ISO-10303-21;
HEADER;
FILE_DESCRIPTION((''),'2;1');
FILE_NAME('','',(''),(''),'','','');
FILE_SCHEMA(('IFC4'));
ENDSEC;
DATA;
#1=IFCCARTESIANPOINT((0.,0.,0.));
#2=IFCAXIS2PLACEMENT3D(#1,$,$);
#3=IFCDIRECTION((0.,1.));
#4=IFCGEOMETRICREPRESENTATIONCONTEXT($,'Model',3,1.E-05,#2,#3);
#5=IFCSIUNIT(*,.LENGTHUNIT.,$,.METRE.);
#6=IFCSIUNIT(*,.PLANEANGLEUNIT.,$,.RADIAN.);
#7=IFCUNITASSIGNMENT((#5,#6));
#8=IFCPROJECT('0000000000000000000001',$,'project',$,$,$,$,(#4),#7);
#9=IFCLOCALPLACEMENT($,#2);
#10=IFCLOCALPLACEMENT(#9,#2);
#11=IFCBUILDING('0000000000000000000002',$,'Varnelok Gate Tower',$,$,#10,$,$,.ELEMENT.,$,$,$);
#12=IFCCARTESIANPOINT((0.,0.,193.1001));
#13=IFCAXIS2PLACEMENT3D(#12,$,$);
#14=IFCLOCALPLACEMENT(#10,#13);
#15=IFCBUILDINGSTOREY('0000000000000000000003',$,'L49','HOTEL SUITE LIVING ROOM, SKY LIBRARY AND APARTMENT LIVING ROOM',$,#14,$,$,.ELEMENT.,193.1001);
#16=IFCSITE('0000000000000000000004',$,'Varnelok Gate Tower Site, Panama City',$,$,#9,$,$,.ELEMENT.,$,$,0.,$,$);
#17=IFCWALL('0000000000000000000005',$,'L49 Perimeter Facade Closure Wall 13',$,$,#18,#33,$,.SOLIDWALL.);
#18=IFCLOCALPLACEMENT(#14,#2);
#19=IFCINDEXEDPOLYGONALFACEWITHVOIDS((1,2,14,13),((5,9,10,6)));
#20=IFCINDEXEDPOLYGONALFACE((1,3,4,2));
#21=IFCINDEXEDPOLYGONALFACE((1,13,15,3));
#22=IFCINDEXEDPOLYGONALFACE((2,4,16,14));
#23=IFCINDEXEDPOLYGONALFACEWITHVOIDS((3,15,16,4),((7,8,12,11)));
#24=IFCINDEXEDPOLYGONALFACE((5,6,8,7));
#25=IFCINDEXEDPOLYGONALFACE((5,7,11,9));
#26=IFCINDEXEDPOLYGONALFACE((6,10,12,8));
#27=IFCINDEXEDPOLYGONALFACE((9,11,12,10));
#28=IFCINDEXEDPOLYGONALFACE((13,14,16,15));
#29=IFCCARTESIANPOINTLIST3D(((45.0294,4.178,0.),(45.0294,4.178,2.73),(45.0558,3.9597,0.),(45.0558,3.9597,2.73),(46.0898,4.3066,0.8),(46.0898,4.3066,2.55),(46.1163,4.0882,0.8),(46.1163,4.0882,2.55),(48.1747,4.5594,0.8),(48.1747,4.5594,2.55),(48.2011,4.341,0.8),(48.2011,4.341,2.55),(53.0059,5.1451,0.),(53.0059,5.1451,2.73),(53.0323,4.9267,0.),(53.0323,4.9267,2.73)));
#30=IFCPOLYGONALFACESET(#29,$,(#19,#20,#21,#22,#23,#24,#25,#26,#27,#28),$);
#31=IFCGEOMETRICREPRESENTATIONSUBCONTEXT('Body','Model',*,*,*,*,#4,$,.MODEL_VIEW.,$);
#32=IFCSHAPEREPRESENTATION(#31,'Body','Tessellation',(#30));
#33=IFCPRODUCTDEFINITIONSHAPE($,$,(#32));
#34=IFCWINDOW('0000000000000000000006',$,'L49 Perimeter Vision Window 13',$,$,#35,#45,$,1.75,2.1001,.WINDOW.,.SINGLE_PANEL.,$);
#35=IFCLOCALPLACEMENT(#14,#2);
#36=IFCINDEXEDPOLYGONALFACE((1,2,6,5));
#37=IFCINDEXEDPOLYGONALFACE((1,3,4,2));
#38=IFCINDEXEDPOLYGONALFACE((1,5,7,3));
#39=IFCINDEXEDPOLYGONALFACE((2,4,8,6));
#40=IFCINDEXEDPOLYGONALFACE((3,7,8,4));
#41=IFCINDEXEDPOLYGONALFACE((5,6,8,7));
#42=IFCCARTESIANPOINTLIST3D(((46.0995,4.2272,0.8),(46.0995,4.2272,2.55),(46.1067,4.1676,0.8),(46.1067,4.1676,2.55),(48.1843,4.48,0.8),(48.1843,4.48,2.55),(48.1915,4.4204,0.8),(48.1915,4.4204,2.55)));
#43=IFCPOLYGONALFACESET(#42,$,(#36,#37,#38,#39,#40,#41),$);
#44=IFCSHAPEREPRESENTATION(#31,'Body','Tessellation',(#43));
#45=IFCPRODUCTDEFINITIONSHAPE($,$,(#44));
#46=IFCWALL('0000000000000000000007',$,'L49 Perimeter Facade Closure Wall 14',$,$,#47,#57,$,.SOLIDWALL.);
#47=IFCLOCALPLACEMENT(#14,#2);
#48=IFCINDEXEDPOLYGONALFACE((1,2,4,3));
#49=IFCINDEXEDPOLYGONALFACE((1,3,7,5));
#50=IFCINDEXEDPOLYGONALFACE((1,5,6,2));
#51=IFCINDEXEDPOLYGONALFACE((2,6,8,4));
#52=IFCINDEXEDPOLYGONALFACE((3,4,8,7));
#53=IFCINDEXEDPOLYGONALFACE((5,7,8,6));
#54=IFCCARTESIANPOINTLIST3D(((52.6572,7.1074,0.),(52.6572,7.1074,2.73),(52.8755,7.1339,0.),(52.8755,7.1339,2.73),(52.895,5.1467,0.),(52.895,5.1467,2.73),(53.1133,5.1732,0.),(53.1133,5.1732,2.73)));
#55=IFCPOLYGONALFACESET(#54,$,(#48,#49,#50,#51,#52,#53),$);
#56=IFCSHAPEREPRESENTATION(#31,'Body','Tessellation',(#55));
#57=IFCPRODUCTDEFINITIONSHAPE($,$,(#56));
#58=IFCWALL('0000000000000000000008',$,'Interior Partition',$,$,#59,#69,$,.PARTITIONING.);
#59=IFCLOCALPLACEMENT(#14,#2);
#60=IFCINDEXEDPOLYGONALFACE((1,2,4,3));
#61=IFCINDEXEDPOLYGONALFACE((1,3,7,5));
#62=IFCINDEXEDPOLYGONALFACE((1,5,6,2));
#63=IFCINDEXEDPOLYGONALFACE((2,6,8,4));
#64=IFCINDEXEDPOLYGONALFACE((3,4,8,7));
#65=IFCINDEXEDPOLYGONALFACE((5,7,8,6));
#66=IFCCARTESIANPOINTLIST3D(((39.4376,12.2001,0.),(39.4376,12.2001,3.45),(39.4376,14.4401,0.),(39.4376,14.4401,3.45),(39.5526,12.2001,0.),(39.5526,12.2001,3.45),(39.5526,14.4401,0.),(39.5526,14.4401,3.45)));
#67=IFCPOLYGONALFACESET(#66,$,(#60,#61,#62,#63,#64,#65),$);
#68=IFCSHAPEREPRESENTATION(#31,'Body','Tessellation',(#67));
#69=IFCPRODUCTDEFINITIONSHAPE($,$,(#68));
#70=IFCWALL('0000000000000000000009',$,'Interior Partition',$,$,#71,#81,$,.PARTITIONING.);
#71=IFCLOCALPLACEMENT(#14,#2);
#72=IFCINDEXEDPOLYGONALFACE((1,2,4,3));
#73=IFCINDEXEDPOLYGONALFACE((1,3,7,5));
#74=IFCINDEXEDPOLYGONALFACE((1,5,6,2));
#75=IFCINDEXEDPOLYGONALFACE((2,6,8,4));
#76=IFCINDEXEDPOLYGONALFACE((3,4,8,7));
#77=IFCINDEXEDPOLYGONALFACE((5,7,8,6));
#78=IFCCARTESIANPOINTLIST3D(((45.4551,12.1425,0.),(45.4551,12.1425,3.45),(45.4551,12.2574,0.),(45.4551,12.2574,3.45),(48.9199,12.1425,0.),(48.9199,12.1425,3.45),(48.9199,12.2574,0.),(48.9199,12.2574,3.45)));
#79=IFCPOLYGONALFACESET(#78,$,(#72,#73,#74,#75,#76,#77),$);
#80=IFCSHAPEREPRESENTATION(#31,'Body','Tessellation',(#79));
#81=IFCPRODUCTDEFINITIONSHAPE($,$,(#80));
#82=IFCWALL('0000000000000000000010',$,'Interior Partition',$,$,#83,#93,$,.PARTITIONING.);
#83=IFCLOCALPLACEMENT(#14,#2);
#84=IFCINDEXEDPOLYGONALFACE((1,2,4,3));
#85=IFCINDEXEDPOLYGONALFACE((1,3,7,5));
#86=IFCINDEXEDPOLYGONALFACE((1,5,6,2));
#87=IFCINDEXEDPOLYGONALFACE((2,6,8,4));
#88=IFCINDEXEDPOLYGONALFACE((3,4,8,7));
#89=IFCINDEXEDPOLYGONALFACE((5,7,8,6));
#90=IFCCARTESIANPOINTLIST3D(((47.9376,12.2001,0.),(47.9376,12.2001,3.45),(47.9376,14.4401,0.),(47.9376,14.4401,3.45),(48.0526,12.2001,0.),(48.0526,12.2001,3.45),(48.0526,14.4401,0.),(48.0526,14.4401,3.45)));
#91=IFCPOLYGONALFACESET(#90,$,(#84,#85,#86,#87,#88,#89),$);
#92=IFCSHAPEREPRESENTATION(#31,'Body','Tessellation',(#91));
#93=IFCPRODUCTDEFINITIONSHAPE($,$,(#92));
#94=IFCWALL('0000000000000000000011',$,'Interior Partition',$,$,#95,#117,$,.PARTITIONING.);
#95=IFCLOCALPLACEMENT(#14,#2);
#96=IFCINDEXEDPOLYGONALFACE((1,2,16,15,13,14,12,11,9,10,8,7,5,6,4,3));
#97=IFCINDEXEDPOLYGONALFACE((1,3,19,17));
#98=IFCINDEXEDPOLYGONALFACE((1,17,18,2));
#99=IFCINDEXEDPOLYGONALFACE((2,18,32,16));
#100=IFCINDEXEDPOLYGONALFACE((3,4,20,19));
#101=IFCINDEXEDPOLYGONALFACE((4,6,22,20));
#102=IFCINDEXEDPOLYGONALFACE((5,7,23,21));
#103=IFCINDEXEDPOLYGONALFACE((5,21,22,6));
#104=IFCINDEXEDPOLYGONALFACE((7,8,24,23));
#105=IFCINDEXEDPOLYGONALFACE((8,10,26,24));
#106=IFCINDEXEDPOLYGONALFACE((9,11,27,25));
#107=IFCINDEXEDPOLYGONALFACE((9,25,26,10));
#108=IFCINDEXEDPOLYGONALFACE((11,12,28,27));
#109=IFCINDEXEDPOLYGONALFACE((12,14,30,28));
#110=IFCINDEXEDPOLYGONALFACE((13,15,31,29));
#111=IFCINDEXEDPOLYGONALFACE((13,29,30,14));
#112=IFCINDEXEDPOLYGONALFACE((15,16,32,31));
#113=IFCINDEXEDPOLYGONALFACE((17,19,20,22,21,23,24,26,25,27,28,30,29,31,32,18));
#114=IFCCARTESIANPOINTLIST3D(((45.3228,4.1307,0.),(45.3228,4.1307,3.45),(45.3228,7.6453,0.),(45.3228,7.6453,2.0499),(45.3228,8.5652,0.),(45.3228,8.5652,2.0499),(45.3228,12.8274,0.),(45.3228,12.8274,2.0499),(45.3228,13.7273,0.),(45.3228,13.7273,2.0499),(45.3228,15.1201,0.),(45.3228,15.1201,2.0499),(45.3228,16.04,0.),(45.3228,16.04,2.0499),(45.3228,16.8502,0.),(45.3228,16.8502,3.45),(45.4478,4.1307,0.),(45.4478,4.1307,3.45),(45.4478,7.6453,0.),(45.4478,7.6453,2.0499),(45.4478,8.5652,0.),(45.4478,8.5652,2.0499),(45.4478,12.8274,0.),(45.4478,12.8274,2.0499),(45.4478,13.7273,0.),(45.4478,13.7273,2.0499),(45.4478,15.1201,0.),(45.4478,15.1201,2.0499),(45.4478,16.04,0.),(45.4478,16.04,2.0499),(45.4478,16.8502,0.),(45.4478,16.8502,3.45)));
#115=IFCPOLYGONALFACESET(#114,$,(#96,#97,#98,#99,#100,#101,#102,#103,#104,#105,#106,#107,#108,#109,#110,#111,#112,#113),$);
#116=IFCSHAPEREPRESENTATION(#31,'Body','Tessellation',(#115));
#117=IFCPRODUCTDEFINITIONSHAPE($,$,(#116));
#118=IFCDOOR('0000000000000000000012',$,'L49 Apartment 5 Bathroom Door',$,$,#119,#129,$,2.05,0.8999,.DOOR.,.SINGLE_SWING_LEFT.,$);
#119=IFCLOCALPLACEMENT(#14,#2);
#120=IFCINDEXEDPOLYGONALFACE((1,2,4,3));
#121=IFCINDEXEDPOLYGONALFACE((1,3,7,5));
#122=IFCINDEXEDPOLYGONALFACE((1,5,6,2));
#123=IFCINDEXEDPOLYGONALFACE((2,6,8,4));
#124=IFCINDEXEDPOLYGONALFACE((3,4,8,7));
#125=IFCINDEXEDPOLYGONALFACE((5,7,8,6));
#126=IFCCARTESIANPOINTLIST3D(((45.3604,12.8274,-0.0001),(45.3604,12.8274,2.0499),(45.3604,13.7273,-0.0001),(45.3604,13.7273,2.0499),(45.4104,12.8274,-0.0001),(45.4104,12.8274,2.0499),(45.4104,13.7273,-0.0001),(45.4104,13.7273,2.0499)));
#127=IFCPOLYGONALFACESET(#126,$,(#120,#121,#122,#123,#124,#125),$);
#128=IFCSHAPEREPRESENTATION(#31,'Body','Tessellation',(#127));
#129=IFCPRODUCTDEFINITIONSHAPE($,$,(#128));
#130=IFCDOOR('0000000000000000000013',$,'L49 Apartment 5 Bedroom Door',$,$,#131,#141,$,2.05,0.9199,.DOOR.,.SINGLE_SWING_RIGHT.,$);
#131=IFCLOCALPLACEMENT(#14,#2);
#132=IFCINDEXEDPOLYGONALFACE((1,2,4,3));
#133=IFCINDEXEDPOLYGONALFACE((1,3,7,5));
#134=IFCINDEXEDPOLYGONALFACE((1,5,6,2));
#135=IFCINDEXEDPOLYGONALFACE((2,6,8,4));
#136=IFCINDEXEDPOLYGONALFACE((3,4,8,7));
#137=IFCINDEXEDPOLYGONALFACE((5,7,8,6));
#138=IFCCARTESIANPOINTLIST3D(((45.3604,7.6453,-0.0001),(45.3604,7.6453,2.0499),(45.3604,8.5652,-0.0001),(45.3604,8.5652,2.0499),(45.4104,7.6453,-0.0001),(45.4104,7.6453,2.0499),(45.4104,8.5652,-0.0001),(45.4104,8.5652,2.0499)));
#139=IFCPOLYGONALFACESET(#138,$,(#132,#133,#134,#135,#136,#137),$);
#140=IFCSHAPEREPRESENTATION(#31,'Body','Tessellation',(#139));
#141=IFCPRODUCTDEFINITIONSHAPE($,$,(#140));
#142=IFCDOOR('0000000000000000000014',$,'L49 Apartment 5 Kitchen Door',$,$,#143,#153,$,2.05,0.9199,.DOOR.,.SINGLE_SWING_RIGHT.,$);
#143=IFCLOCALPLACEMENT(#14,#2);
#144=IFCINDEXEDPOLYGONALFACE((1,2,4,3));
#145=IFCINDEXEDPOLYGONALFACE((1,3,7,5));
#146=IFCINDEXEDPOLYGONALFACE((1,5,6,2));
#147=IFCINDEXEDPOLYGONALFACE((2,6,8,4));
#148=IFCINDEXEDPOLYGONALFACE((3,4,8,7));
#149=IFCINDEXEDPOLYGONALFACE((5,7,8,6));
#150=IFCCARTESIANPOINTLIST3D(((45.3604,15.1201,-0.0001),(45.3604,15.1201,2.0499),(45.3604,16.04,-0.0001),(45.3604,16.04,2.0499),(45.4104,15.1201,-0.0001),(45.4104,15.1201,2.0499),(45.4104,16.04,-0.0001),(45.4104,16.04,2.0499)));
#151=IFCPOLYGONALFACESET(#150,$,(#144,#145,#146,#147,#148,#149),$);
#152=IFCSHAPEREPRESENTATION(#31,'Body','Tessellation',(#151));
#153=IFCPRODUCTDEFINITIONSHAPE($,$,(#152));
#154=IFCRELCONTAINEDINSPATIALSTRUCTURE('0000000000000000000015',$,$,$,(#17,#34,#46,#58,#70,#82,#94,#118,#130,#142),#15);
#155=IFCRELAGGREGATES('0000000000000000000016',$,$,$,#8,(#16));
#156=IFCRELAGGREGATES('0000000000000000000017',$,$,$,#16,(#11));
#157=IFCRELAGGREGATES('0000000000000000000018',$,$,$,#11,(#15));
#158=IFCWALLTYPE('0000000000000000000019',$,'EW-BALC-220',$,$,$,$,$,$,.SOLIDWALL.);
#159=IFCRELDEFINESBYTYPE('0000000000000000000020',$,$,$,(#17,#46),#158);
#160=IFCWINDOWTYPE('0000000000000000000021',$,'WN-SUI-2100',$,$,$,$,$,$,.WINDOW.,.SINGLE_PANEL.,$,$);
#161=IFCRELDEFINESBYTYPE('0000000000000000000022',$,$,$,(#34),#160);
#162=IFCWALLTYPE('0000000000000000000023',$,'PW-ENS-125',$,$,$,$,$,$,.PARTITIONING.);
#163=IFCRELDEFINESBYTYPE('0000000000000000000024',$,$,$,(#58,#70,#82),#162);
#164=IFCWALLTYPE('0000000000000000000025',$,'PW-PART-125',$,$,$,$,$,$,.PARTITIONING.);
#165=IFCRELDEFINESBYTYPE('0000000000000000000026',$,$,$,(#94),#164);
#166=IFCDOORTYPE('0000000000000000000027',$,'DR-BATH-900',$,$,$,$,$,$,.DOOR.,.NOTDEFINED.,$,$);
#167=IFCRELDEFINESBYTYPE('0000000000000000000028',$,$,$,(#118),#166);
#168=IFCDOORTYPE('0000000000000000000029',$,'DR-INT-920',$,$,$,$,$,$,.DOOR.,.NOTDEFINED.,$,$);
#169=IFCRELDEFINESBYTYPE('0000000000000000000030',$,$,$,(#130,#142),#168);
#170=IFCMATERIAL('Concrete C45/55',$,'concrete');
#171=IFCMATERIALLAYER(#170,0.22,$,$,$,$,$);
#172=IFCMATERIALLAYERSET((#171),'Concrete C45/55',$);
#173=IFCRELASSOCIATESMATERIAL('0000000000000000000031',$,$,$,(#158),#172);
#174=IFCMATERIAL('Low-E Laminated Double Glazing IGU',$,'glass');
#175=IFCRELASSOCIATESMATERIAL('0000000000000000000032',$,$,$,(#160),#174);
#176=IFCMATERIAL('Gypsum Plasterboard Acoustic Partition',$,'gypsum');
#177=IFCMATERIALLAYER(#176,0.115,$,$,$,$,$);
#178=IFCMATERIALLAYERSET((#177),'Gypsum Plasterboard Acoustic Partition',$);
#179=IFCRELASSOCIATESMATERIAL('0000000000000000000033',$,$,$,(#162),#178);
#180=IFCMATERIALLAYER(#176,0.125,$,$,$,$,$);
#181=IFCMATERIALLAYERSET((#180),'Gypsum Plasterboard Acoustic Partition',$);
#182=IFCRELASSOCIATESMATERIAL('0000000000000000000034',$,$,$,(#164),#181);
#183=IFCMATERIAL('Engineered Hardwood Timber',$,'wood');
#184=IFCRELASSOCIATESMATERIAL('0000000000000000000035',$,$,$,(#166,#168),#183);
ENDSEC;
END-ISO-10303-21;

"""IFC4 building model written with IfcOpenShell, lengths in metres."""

from ifc_helpers import new_model, si_unit, direction, frame, frame_2d, origin, place, context, subcontext, project, spatial, rectangle, extrude, material, layer, layer_set, type_object, element, fill, save


model = new_model("IFC4")

# Units and contexts
model_context = context("Model", 3, precision=1e-05, world=origin(), true_north=direction((0.0, 1.0)))
body_context = subcontext(model_context, "Body", "Model", "MODEL_VIEW")
ifc_project = project(units=[si_unit("LENGTHUNIT", "METRE"), si_unit("PLANEANGLEUNIT", "RADIAN")], contexts=[model_context])

# Site, building, storey
site_placement = place(None, origin())
site = spatial("IfcSite", under=ifc_project, at=site_placement, Name="Varnelok Gate Tower Site, Panama City", CompositionType="ELEMENT", RefElevation=0.0)
building_placement = place(site_placement, origin())
building = spatial("IfcBuilding", under=site, at=building_placement, Name="Varnelok Gate Tower", CompositionType="ELEMENT")
storey_placement = place(building_placement, frame((0.0, 0.0, 193.1001)))
storey = spatial("IfcBuildingStorey", under=building, at=storey_placement, Name="L49", Description="HOTEL SUITE LIVING ROOM, SKY LIBRARY AND APARTMENT LIVING ROOM", CompositionType="ELEMENT", Elevation=193.1001)

# Shared definitions
ifc_material_1 = material(Name="Concrete C45/55", Category="concrete")
ifc_layer_1 = layer(ifc_material_1, 0.22)
ifc_layer_set_1 = layer_set([ifc_layer_1], Name="Concrete C45/55")
wall_type_1 = type_object("IfcWallType", Name="EW-BALC-220", PredefinedType="SOLIDWALL", material=ifc_layer_set_1)

# Shared definitions
ifc_material_2 = material(Name="Low-E Laminated Double Glazing IGU", Category="glass")

# Wall, opening, window
wall_1_placement = place(storey_placement, frame((45.0425, 4.0688, 0.0), z_axis=(0.0, 0.0, 1.0), x_axis=(0.992731, 0.120354, 0.0)))
wall_1 = element("IfcWall", 1, at=wall_1_placement, inside=storey, type_object=wall_type_1, Name="L49 Perimeter Facade Closure Wall 13", PredefinedType="SOLIDWALL", context=body_context, shape_type="SweptSolid", body=[
    extrude(rectangle(XDim=8.0349, YDim=0.22, at=frame_2d((4.0176, 0.0))), origin(), (0.0, 0.0, 1.0), 2.73),
])
opening_1_placement = place(wall_1_placement, frame((1.0684, 0.0, 0.8)))
opening_1 = element("IfcOpeningElement", 2, at=opening_1_placement, cuts=wall_1, PredefinedType="OPENING", context=body_context, shape_type="SweptSolid", body=[
    extrude(rectangle(XDim=2.1001, YDim=1.75, at=frame_2d((1.05, 0.875))), frame((0.0, 0.1199, 0.0), z_axis=(0.0, -1.0, 0.0), x_axis=(1.0, 0.0, 0.0)), (0.0, 0.0, 1.0), 0.24),
])
window_type_1 = type_object("IfcWindowType", Name="WN-SUI-2100", PartitioningType="SINGLE_PANEL", PredefinedType="WINDOW", material=ifc_material_2)
window_1_placement = place(opening_1_placement, origin())
window_1 = element("IfcWindow", 3, at=window_1_placement, inside=storey, type_object=window_type_1, Name="L49 Perimeter Vision Window 13", OverallHeight=1.75, OverallWidth=2.1001, PartitioningType="SINGLE_PANEL", PredefinedType="WINDOW", context=body_context, shape_type="SweptSolid", body=[
    extrude(rectangle(XDim=2.1001, YDim=1.75, at=frame_2d((1.05, 0.875))), frame((0.0, 0.03, 0.0), z_axis=(0.0, -1.0, 0.0), x_axis=(1.0, 0.0, 0.0)), (0.0, 0.0, 1.0), 0.0601),
])
fill(opening_1, window_1)

# Walls
wall_2_placement = place(storey_placement, frame((53.0042, 5.1599, 0.0), z_axis=(0.0, 0.0, 1.0), x_axis=(-0.120398, 0.992726, 0.0)))
element("IfcWall", 4, at=wall_2_placement, inside=storey, type_object=wall_type_1, Name="L49 Perimeter Facade Closure Wall 14", PredefinedType="SOLIDWALL", context=body_context, shape_type="SweptSolid", body=[
    extrude(rectangle(XDim=1.9751, YDim=0.22, at=frame_2d((0.9875, 0.0))), origin(), (0.0, 0.0, 1.0), 2.73),
])
ifc_material_3 = material(Name="Gypsum Plasterboard Acoustic Partition", Category="gypsum")
ifc_layer_2 = layer(ifc_material_3, 0.115)
ifc_layer_set_2 = layer_set([ifc_layer_2], Name="Gypsum Plasterboard Acoustic Partition")
wall_type_2 = type_object("IfcWallType", Name="PW-ENS-125", PredefinedType="PARTITIONING", material=ifc_layer_set_2)
wall_3_placement = place(storey_placement, frame((39.4951, 12.2, 0.0), z_axis=(0.0, 0.0, 1.0), x_axis=(0.0, 1.0, 0.0)))
element("IfcWall", 5, at=wall_3_placement, inside=storey, type_object=wall_type_2, Name="Interior Partition", PredefinedType="PARTITIONING", context=body_context, shape_type="SweptSolid", body=[
    extrude(rectangle(XDim=2.24, YDim=0.115, at=frame_2d((1.1201, 0.0))), origin(), (0.0, 0.0, 1.0), 3.45),
])
wall_4_placement = place(storey_placement, frame((45.4551, 12.2, 0.0), z_axis=(0.0, 0.0, 1.0), x_axis=(1.0, 0.0, 0.0)))
element("IfcWall", 6, at=wall_4_placement, inside=storey, type_object=wall_type_2, Name="Interior Partition", PredefinedType="PARTITIONING", context=body_context, shape_type="SweptSolid", body=[
    extrude(rectangle(XDim=3.4648, YDim=0.115, at=frame_2d((1.7324, 0.0))), origin(), (0.0, 0.0, 1.0), 3.45),
])
wall_5_placement = place(storey_placement, frame((47.9951, 12.2, 0.0), z_axis=(0.0, 0.0, 1.0), x_axis=(0.0, 1.0, 0.0)))
element("IfcWall", 7, at=wall_5_placement, inside=storey, type_object=wall_type_2, Name="Interior Partition", PredefinedType="PARTITIONING", context=body_context, shape_type="SweptSolid", body=[
    extrude(rectangle(XDim=2.24, YDim=0.115, at=frame_2d((1.1201, 0.0))), origin(), (0.0, 0.0, 1.0), 3.45),
])

# Wall, openings, doors
ifc_layer_3 = layer(ifc_material_3, 0.125)
ifc_layer_set_3 = layer_set([ifc_layer_3], Name="Gypsum Plasterboard Acoustic Partition")
wall_type_3 = type_object("IfcWallType", Name="PW-PART-125", PredefinedType="PARTITIONING", material=ifc_layer_set_3)
wall_6_placement = place(storey_placement, frame((45.3853, 4.1306, 0.0), z_axis=(0.0, 0.0, 1.0), x_axis=(0.0, 1.0, 0.0)))
wall_6 = element("IfcWall", 8, at=wall_6_placement, inside=storey, type_object=wall_type_3, Name="Interior Partition", PredefinedType="PARTITIONING", context=body_context, shape_type="SweptSolid", body=[
    extrude(rectangle(XDim=12.7195, YDim=0.125, at=frame_2d((6.3599, 0.0))), origin(), (0.0, 0.0, 1.0), 3.45),
])
opening_2_placement = place(wall_6_placement, frame((3.5146, 0.0, 0.0)))
opening_2 = element("IfcOpeningElement", 9, at=opening_2_placement, cuts=wall_6, PredefinedType="OPENING", context=body_context, shape_type="SweptSolid", body=[
    extrude(rectangle(XDim=0.9199, YDim=2.05, at=frame_2d((0.46, 1.0249))), frame((0.0, 0.0725, 0.0), z_axis=(0.0, -1.0, 0.0), x_axis=(1.0, 0.0, 0.0)), (0.0, 0.0, 1.0), 0.145),
])
opening_3_placement = place(wall_6_placement, frame((8.6968, 0.0, 0.0)))
opening_3 = element("IfcOpeningElement", 10, at=opening_3_placement, cuts=wall_6, PredefinedType="OPENING", context=body_context, shape_type="SweptSolid", body=[
    extrude(rectangle(XDim=0.8999, YDim=2.05, at=frame_2d((0.45, 1.0249))), frame((0.0, 0.0725, 0.0), z_axis=(0.0, -1.0, 0.0), x_axis=(1.0, 0.0, 0.0)), (0.0, 0.0, 1.0), 0.145),
])
opening_4_placement = place(wall_6_placement, frame((10.9895, 0.0, 0.0)))
opening_4 = element("IfcOpeningElement", 11, at=opening_4_placement, cuts=wall_6, PredefinedType="OPENING", context=body_context, shape_type="SweptSolid", body=[
    extrude(rectangle(XDim=0.9199, YDim=2.05, at=frame_2d((0.46, 1.0249))), frame((0.0, 0.0725, 0.0), z_axis=(0.0, -1.0, 0.0), x_axis=(1.0, 0.0, 0.0)), (0.0, 0.0, 1.0), 0.145),
])
ifc_material_4 = material(Name="Engineered Hardwood Timber", Category="wood")
door_type_1 = type_object("IfcDoorType", Name="DR-BATH-900", OperationType="NOTDEFINED", PredefinedType="DOOR", material=ifc_material_4)
door_1_placement = place(opening_3_placement, origin())
door_1 = element("IfcDoor", 12, at=door_1_placement, inside=storey, type_object=door_type_1, Name="L49 Apartment 5 Bathroom Door", OperationType="SINGLE_SWING_LEFT", OverallHeight=2.05, OverallWidth=0.8999, PredefinedType="DOOR", context=body_context, shape_type="SweptSolid", body=[
    extrude(rectangle(XDim=0.8999, YDim=2.05, at=frame_2d((0.45, 1.0249))), frame((0.0, 0.0249, 0.0), z_axis=(0.0, -1.0, 0.0), x_axis=(1.0, 0.0, 0.0)), (0.0, 0.0, 1.0), 0.05),
])
fill(opening_3, door_1)
door_type_2 = type_object("IfcDoorType", Name="DR-INT-920", OperationType="NOTDEFINED", PredefinedType="DOOR", material=ifc_material_4)
door_2_placement = place(opening_2_placement, origin())
door_2 = element("IfcDoor", 13, at=door_2_placement, inside=storey, type_object=door_type_2, Name="L49 Apartment 5 Bedroom Door", OperationType="SINGLE_SWING_RIGHT", OverallHeight=2.05, OverallWidth=0.9199, PredefinedType="DOOR", context=body_context, shape_type="SweptSolid", body=[
    extrude(rectangle(XDim=0.9199, YDim=2.05, at=frame_2d((0.46, 1.0249))), frame((0.0, 0.0249, 0.0), z_axis=(0.0, -1.0, 0.0), x_axis=(1.0, 0.0, 0.0)), (0.0, 0.0, 1.0), 0.05),
])
fill(opening_2, door_2)
door_3_placement = place(opening_4_placement, origin())
door_3 = element("IfcDoor", 14, at=door_3_placement, inside=storey, type_object=door_type_2, Name="L49 Apartment 5 Kitchen Door", OperationType="SINGLE_SWING_RIGHT", OverallHeight=2.05, OverallWidth=0.9199, PredefinedType="DOOR", context=body_context, shape_type="SweptSolid", body=[
    extrude(rectangle(XDim=0.9199, YDim=2.05, at=frame_2d((0.46, 1.0249))), frame((0.0, 0.0249, 0.0), z_axis=(0.0, -1.0, 0.0), x_axis=(1.0, 0.0, 0.0)), (0.0, 0.0, 1.0), 0.05),
])
fill(opening_4, door_3)

save(model, "model.ifc")
